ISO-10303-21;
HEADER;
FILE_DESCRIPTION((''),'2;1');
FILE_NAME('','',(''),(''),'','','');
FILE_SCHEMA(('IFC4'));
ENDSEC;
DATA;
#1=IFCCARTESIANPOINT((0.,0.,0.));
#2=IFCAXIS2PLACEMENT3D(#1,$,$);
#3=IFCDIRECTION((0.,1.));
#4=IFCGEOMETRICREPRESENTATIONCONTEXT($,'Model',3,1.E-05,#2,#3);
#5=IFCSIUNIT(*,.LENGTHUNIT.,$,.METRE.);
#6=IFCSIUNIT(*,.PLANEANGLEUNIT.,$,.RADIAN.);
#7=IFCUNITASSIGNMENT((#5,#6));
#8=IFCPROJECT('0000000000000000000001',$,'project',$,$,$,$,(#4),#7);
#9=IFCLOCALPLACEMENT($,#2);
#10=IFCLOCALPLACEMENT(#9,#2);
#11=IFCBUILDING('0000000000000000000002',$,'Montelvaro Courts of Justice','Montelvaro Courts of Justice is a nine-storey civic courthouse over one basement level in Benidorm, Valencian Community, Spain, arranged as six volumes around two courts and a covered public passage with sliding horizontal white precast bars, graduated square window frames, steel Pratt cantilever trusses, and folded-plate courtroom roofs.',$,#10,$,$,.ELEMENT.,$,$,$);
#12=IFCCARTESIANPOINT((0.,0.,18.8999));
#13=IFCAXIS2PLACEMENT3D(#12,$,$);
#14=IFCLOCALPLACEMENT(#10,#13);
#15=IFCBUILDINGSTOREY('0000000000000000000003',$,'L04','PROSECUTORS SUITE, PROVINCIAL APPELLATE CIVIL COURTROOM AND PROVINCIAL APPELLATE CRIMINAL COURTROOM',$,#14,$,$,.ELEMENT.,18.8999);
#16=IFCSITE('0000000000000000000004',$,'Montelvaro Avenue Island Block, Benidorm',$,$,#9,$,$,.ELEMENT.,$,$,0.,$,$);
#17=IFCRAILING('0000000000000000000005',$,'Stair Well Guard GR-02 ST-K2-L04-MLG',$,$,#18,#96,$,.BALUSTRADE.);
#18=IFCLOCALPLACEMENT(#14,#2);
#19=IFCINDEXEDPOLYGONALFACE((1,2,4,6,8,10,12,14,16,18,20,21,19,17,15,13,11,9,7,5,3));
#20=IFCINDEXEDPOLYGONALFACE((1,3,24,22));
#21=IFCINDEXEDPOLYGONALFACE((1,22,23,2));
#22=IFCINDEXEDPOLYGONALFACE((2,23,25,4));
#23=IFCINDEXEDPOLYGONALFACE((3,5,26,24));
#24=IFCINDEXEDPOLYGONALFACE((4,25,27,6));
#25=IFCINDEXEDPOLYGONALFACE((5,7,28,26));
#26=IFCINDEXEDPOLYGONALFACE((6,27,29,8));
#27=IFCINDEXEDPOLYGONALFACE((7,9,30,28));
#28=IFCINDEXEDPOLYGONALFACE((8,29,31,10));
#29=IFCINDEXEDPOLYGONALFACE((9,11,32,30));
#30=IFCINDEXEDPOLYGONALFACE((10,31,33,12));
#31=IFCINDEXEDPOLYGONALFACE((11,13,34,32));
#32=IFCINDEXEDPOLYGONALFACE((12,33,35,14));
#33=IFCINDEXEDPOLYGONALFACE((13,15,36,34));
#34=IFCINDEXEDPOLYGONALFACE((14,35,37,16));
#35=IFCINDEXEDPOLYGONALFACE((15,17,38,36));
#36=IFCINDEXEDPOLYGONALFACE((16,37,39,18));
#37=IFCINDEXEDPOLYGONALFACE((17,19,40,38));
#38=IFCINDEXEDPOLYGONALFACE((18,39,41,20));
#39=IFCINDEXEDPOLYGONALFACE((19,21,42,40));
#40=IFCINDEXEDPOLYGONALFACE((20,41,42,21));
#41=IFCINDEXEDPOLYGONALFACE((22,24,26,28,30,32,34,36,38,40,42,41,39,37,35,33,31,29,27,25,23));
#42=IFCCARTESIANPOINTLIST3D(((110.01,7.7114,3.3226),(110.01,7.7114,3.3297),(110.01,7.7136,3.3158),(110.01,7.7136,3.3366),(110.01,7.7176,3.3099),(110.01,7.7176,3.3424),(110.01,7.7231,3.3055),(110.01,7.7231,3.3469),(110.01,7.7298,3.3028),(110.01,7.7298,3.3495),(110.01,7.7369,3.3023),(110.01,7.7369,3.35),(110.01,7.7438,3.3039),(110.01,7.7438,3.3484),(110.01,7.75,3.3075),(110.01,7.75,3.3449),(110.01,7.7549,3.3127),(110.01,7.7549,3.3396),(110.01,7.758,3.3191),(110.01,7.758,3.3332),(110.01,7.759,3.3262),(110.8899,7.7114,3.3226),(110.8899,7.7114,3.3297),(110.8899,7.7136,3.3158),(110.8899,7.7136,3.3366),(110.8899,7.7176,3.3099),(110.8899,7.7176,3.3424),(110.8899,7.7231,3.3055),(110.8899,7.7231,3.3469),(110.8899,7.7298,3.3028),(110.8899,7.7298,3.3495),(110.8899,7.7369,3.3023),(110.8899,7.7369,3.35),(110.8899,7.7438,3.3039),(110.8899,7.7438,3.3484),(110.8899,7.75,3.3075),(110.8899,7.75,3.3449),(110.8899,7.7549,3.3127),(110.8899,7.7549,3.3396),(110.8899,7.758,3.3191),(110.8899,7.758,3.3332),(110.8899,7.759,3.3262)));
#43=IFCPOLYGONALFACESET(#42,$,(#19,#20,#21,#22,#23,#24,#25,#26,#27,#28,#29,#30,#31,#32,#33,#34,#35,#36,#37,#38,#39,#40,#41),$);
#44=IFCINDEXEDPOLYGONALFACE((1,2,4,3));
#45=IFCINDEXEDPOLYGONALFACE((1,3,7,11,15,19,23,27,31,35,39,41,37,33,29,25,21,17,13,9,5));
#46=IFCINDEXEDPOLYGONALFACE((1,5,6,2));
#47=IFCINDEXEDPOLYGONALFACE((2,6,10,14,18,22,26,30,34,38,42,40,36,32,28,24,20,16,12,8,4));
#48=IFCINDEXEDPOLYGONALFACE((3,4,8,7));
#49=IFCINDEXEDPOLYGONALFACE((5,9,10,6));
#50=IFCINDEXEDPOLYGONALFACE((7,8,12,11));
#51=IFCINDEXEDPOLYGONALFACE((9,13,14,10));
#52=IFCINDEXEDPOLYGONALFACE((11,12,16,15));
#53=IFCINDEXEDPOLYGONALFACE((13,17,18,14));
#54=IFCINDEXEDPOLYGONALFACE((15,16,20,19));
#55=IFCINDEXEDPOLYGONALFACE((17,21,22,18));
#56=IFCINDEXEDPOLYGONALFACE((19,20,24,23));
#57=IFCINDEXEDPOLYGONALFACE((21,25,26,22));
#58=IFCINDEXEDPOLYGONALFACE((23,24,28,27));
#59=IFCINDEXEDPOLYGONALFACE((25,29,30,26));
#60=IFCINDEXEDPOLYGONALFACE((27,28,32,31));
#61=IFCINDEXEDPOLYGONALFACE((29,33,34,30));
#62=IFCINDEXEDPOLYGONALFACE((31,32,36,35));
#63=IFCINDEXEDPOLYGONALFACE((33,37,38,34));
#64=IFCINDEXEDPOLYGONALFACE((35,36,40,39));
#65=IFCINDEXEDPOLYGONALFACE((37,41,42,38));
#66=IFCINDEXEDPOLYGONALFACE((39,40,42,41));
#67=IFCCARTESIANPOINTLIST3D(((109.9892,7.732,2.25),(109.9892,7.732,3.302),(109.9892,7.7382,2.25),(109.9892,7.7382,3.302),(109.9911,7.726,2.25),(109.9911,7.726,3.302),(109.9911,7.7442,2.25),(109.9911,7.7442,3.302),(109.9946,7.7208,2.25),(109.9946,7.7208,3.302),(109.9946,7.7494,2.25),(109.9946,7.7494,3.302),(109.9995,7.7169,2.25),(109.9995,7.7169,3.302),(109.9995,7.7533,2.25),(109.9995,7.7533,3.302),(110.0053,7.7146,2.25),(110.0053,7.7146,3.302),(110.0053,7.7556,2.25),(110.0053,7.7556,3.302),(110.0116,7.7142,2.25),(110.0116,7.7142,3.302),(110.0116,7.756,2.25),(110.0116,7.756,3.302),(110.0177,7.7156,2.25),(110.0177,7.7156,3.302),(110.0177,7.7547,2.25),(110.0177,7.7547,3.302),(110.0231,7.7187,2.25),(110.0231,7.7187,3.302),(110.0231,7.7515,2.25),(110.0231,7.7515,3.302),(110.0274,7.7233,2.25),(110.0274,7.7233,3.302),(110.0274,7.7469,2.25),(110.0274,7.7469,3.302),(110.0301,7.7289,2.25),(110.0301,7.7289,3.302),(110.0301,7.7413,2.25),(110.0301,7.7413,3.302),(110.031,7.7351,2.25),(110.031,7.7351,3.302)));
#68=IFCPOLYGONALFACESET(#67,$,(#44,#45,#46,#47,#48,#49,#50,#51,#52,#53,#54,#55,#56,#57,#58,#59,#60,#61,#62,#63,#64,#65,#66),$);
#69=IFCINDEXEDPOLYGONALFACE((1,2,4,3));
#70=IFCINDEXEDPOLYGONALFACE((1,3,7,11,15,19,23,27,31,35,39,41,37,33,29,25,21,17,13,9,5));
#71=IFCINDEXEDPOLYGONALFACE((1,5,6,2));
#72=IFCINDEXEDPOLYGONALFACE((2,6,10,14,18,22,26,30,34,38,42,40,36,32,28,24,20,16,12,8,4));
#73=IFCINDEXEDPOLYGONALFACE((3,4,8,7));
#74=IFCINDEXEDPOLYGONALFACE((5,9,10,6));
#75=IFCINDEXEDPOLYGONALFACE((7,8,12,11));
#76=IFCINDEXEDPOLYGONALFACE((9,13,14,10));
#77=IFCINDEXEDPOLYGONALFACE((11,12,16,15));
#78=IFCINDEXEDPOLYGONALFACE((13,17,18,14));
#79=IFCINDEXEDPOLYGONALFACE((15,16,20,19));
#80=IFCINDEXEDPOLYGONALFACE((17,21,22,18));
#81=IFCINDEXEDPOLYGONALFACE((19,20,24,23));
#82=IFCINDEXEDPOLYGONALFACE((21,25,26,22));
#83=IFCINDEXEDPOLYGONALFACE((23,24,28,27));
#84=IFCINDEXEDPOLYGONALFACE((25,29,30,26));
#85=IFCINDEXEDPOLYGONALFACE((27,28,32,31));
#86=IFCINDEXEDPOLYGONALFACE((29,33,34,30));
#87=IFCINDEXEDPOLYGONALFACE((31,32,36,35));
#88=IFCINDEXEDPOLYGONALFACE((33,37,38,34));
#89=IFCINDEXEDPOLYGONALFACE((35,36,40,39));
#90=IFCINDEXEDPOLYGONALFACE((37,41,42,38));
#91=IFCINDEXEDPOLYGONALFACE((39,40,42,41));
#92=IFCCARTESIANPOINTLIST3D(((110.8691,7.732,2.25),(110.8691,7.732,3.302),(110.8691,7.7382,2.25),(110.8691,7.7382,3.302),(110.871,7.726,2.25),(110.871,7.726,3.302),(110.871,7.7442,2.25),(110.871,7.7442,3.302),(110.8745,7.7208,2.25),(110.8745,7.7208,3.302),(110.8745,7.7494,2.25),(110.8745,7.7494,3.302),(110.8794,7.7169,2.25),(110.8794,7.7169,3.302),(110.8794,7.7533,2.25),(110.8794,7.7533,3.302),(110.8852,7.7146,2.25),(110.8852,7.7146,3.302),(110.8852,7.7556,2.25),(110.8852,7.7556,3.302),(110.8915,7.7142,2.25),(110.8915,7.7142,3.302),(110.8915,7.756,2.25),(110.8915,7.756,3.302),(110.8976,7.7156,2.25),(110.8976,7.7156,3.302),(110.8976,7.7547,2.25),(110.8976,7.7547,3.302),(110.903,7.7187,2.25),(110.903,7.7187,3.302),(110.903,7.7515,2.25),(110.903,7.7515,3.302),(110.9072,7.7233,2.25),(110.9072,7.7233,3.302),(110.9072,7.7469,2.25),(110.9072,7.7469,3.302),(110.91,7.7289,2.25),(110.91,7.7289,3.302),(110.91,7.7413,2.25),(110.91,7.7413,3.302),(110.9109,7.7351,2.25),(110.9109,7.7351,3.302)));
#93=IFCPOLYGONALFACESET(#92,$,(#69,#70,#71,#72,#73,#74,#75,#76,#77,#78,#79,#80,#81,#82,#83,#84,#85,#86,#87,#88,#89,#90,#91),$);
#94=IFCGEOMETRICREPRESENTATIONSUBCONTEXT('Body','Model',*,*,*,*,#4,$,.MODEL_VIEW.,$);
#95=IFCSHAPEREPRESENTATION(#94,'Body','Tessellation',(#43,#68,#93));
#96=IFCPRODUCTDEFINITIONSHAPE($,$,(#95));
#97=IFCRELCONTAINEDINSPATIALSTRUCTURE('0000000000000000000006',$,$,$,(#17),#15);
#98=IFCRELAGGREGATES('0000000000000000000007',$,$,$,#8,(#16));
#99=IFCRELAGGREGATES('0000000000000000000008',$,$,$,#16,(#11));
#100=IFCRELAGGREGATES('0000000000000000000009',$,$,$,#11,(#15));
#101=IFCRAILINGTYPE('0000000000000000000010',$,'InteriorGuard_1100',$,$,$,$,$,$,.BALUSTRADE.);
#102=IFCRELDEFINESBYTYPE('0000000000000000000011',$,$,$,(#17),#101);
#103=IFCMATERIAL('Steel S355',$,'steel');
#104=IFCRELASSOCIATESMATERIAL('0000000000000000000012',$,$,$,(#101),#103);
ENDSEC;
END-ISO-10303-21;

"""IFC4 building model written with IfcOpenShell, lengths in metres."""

from ifc_helpers import new_model, si_unit, direction, frame, origin, origin_2d, place, context, subcontext, project, spatial, circle, extrude, material, type_object, element, save


model = new_model("IFC4")

# Units and contexts
model_context = context("Model", 3, precision=1e-05, world=origin(), true_north=direction((0.0, 1.0)))
body_context = subcontext(model_context, "Body", "Model", "MODEL_VIEW")
ifc_project = project(units=[si_unit("LENGTHUNIT", "METRE"), si_unit("PLANEANGLEUNIT", "RADIAN")], contexts=[model_context])

# Site, building, storey
site_placement = place(None, origin())
site = spatial("IfcSite", under=ifc_project, at=site_placement, Name="Montelvaro Avenue Island Block, Benidorm", CompositionType="ELEMENT", RefElevation=0.0)
building_placement = place(site_placement, origin())
building = spatial("IfcBuilding", under=site, at=building_placement, Name="Montelvaro Courts of Justice", Description="Montelvaro Courts of Justice is a nine-storey civic courthouse over one basement level in Benidorm, Valencian Community, Spain, arranged as six volumes around two courts and a covered public passage with sliding horizontal white precast bars, graduated square window frames, steel Pratt cantilever trusses, and folded-plate courtroom roofs.", CompositionType="ELEMENT")
storey_placement = place(building_placement, frame((0.0, 0.0, 18.8999)))
storey = spatial("IfcBuildingStorey", under=building, at=storey_placement, Name="L04", Description="PROSECUTORS SUITE, PROVINCIAL APPELLATE CIVIL COURTROOM AND PROVINCIAL APPELLATE CRIMINAL COURTROOM", CompositionType="ELEMENT", Elevation=18.8999)

# Shared definitions
ifc_material_1 = material(Name="Steel S355", Category="steel")

# Railing
railing_type_1 = type_object("IfcRailingType", Name="InteriorGuard_1100", PredefinedType="BALUSTRADE", material=ifc_material_1)
railing_1_placement = place(storey_placement, frame((110.01, 7.7351, 2.25)))
element("IfcRailing", 1, at=railing_1_placement, inside=storey, type_object=railing_type_1, Name="Stair Well Guard GR-02 ST-K2-L04-MLG", PredefinedType="BALUSTRADE", context=body_context, shape_type="SweptSolid", body=[
    extrude(circle(Radius=0.0239, at=origin_2d()), frame((0.0, 0.0, 1.0762), z_axis=(1.0, 0.0, 0.0), x_axis=(0.0, 1.0, 0.0)), (0.0, 0.0, 1.0), 0.8799),
    extrude(circle(Radius=0.021, at=origin_2d()), origin(), (0.0, 0.0, 1.0), 1.052),
    extrude(circle(Radius=0.021, at=origin_2d()), frame((0.8799, 0.0, 0.0)), (0.0, 0.0, 1.0), 1.052),
])

save(model, "model.ifc")
